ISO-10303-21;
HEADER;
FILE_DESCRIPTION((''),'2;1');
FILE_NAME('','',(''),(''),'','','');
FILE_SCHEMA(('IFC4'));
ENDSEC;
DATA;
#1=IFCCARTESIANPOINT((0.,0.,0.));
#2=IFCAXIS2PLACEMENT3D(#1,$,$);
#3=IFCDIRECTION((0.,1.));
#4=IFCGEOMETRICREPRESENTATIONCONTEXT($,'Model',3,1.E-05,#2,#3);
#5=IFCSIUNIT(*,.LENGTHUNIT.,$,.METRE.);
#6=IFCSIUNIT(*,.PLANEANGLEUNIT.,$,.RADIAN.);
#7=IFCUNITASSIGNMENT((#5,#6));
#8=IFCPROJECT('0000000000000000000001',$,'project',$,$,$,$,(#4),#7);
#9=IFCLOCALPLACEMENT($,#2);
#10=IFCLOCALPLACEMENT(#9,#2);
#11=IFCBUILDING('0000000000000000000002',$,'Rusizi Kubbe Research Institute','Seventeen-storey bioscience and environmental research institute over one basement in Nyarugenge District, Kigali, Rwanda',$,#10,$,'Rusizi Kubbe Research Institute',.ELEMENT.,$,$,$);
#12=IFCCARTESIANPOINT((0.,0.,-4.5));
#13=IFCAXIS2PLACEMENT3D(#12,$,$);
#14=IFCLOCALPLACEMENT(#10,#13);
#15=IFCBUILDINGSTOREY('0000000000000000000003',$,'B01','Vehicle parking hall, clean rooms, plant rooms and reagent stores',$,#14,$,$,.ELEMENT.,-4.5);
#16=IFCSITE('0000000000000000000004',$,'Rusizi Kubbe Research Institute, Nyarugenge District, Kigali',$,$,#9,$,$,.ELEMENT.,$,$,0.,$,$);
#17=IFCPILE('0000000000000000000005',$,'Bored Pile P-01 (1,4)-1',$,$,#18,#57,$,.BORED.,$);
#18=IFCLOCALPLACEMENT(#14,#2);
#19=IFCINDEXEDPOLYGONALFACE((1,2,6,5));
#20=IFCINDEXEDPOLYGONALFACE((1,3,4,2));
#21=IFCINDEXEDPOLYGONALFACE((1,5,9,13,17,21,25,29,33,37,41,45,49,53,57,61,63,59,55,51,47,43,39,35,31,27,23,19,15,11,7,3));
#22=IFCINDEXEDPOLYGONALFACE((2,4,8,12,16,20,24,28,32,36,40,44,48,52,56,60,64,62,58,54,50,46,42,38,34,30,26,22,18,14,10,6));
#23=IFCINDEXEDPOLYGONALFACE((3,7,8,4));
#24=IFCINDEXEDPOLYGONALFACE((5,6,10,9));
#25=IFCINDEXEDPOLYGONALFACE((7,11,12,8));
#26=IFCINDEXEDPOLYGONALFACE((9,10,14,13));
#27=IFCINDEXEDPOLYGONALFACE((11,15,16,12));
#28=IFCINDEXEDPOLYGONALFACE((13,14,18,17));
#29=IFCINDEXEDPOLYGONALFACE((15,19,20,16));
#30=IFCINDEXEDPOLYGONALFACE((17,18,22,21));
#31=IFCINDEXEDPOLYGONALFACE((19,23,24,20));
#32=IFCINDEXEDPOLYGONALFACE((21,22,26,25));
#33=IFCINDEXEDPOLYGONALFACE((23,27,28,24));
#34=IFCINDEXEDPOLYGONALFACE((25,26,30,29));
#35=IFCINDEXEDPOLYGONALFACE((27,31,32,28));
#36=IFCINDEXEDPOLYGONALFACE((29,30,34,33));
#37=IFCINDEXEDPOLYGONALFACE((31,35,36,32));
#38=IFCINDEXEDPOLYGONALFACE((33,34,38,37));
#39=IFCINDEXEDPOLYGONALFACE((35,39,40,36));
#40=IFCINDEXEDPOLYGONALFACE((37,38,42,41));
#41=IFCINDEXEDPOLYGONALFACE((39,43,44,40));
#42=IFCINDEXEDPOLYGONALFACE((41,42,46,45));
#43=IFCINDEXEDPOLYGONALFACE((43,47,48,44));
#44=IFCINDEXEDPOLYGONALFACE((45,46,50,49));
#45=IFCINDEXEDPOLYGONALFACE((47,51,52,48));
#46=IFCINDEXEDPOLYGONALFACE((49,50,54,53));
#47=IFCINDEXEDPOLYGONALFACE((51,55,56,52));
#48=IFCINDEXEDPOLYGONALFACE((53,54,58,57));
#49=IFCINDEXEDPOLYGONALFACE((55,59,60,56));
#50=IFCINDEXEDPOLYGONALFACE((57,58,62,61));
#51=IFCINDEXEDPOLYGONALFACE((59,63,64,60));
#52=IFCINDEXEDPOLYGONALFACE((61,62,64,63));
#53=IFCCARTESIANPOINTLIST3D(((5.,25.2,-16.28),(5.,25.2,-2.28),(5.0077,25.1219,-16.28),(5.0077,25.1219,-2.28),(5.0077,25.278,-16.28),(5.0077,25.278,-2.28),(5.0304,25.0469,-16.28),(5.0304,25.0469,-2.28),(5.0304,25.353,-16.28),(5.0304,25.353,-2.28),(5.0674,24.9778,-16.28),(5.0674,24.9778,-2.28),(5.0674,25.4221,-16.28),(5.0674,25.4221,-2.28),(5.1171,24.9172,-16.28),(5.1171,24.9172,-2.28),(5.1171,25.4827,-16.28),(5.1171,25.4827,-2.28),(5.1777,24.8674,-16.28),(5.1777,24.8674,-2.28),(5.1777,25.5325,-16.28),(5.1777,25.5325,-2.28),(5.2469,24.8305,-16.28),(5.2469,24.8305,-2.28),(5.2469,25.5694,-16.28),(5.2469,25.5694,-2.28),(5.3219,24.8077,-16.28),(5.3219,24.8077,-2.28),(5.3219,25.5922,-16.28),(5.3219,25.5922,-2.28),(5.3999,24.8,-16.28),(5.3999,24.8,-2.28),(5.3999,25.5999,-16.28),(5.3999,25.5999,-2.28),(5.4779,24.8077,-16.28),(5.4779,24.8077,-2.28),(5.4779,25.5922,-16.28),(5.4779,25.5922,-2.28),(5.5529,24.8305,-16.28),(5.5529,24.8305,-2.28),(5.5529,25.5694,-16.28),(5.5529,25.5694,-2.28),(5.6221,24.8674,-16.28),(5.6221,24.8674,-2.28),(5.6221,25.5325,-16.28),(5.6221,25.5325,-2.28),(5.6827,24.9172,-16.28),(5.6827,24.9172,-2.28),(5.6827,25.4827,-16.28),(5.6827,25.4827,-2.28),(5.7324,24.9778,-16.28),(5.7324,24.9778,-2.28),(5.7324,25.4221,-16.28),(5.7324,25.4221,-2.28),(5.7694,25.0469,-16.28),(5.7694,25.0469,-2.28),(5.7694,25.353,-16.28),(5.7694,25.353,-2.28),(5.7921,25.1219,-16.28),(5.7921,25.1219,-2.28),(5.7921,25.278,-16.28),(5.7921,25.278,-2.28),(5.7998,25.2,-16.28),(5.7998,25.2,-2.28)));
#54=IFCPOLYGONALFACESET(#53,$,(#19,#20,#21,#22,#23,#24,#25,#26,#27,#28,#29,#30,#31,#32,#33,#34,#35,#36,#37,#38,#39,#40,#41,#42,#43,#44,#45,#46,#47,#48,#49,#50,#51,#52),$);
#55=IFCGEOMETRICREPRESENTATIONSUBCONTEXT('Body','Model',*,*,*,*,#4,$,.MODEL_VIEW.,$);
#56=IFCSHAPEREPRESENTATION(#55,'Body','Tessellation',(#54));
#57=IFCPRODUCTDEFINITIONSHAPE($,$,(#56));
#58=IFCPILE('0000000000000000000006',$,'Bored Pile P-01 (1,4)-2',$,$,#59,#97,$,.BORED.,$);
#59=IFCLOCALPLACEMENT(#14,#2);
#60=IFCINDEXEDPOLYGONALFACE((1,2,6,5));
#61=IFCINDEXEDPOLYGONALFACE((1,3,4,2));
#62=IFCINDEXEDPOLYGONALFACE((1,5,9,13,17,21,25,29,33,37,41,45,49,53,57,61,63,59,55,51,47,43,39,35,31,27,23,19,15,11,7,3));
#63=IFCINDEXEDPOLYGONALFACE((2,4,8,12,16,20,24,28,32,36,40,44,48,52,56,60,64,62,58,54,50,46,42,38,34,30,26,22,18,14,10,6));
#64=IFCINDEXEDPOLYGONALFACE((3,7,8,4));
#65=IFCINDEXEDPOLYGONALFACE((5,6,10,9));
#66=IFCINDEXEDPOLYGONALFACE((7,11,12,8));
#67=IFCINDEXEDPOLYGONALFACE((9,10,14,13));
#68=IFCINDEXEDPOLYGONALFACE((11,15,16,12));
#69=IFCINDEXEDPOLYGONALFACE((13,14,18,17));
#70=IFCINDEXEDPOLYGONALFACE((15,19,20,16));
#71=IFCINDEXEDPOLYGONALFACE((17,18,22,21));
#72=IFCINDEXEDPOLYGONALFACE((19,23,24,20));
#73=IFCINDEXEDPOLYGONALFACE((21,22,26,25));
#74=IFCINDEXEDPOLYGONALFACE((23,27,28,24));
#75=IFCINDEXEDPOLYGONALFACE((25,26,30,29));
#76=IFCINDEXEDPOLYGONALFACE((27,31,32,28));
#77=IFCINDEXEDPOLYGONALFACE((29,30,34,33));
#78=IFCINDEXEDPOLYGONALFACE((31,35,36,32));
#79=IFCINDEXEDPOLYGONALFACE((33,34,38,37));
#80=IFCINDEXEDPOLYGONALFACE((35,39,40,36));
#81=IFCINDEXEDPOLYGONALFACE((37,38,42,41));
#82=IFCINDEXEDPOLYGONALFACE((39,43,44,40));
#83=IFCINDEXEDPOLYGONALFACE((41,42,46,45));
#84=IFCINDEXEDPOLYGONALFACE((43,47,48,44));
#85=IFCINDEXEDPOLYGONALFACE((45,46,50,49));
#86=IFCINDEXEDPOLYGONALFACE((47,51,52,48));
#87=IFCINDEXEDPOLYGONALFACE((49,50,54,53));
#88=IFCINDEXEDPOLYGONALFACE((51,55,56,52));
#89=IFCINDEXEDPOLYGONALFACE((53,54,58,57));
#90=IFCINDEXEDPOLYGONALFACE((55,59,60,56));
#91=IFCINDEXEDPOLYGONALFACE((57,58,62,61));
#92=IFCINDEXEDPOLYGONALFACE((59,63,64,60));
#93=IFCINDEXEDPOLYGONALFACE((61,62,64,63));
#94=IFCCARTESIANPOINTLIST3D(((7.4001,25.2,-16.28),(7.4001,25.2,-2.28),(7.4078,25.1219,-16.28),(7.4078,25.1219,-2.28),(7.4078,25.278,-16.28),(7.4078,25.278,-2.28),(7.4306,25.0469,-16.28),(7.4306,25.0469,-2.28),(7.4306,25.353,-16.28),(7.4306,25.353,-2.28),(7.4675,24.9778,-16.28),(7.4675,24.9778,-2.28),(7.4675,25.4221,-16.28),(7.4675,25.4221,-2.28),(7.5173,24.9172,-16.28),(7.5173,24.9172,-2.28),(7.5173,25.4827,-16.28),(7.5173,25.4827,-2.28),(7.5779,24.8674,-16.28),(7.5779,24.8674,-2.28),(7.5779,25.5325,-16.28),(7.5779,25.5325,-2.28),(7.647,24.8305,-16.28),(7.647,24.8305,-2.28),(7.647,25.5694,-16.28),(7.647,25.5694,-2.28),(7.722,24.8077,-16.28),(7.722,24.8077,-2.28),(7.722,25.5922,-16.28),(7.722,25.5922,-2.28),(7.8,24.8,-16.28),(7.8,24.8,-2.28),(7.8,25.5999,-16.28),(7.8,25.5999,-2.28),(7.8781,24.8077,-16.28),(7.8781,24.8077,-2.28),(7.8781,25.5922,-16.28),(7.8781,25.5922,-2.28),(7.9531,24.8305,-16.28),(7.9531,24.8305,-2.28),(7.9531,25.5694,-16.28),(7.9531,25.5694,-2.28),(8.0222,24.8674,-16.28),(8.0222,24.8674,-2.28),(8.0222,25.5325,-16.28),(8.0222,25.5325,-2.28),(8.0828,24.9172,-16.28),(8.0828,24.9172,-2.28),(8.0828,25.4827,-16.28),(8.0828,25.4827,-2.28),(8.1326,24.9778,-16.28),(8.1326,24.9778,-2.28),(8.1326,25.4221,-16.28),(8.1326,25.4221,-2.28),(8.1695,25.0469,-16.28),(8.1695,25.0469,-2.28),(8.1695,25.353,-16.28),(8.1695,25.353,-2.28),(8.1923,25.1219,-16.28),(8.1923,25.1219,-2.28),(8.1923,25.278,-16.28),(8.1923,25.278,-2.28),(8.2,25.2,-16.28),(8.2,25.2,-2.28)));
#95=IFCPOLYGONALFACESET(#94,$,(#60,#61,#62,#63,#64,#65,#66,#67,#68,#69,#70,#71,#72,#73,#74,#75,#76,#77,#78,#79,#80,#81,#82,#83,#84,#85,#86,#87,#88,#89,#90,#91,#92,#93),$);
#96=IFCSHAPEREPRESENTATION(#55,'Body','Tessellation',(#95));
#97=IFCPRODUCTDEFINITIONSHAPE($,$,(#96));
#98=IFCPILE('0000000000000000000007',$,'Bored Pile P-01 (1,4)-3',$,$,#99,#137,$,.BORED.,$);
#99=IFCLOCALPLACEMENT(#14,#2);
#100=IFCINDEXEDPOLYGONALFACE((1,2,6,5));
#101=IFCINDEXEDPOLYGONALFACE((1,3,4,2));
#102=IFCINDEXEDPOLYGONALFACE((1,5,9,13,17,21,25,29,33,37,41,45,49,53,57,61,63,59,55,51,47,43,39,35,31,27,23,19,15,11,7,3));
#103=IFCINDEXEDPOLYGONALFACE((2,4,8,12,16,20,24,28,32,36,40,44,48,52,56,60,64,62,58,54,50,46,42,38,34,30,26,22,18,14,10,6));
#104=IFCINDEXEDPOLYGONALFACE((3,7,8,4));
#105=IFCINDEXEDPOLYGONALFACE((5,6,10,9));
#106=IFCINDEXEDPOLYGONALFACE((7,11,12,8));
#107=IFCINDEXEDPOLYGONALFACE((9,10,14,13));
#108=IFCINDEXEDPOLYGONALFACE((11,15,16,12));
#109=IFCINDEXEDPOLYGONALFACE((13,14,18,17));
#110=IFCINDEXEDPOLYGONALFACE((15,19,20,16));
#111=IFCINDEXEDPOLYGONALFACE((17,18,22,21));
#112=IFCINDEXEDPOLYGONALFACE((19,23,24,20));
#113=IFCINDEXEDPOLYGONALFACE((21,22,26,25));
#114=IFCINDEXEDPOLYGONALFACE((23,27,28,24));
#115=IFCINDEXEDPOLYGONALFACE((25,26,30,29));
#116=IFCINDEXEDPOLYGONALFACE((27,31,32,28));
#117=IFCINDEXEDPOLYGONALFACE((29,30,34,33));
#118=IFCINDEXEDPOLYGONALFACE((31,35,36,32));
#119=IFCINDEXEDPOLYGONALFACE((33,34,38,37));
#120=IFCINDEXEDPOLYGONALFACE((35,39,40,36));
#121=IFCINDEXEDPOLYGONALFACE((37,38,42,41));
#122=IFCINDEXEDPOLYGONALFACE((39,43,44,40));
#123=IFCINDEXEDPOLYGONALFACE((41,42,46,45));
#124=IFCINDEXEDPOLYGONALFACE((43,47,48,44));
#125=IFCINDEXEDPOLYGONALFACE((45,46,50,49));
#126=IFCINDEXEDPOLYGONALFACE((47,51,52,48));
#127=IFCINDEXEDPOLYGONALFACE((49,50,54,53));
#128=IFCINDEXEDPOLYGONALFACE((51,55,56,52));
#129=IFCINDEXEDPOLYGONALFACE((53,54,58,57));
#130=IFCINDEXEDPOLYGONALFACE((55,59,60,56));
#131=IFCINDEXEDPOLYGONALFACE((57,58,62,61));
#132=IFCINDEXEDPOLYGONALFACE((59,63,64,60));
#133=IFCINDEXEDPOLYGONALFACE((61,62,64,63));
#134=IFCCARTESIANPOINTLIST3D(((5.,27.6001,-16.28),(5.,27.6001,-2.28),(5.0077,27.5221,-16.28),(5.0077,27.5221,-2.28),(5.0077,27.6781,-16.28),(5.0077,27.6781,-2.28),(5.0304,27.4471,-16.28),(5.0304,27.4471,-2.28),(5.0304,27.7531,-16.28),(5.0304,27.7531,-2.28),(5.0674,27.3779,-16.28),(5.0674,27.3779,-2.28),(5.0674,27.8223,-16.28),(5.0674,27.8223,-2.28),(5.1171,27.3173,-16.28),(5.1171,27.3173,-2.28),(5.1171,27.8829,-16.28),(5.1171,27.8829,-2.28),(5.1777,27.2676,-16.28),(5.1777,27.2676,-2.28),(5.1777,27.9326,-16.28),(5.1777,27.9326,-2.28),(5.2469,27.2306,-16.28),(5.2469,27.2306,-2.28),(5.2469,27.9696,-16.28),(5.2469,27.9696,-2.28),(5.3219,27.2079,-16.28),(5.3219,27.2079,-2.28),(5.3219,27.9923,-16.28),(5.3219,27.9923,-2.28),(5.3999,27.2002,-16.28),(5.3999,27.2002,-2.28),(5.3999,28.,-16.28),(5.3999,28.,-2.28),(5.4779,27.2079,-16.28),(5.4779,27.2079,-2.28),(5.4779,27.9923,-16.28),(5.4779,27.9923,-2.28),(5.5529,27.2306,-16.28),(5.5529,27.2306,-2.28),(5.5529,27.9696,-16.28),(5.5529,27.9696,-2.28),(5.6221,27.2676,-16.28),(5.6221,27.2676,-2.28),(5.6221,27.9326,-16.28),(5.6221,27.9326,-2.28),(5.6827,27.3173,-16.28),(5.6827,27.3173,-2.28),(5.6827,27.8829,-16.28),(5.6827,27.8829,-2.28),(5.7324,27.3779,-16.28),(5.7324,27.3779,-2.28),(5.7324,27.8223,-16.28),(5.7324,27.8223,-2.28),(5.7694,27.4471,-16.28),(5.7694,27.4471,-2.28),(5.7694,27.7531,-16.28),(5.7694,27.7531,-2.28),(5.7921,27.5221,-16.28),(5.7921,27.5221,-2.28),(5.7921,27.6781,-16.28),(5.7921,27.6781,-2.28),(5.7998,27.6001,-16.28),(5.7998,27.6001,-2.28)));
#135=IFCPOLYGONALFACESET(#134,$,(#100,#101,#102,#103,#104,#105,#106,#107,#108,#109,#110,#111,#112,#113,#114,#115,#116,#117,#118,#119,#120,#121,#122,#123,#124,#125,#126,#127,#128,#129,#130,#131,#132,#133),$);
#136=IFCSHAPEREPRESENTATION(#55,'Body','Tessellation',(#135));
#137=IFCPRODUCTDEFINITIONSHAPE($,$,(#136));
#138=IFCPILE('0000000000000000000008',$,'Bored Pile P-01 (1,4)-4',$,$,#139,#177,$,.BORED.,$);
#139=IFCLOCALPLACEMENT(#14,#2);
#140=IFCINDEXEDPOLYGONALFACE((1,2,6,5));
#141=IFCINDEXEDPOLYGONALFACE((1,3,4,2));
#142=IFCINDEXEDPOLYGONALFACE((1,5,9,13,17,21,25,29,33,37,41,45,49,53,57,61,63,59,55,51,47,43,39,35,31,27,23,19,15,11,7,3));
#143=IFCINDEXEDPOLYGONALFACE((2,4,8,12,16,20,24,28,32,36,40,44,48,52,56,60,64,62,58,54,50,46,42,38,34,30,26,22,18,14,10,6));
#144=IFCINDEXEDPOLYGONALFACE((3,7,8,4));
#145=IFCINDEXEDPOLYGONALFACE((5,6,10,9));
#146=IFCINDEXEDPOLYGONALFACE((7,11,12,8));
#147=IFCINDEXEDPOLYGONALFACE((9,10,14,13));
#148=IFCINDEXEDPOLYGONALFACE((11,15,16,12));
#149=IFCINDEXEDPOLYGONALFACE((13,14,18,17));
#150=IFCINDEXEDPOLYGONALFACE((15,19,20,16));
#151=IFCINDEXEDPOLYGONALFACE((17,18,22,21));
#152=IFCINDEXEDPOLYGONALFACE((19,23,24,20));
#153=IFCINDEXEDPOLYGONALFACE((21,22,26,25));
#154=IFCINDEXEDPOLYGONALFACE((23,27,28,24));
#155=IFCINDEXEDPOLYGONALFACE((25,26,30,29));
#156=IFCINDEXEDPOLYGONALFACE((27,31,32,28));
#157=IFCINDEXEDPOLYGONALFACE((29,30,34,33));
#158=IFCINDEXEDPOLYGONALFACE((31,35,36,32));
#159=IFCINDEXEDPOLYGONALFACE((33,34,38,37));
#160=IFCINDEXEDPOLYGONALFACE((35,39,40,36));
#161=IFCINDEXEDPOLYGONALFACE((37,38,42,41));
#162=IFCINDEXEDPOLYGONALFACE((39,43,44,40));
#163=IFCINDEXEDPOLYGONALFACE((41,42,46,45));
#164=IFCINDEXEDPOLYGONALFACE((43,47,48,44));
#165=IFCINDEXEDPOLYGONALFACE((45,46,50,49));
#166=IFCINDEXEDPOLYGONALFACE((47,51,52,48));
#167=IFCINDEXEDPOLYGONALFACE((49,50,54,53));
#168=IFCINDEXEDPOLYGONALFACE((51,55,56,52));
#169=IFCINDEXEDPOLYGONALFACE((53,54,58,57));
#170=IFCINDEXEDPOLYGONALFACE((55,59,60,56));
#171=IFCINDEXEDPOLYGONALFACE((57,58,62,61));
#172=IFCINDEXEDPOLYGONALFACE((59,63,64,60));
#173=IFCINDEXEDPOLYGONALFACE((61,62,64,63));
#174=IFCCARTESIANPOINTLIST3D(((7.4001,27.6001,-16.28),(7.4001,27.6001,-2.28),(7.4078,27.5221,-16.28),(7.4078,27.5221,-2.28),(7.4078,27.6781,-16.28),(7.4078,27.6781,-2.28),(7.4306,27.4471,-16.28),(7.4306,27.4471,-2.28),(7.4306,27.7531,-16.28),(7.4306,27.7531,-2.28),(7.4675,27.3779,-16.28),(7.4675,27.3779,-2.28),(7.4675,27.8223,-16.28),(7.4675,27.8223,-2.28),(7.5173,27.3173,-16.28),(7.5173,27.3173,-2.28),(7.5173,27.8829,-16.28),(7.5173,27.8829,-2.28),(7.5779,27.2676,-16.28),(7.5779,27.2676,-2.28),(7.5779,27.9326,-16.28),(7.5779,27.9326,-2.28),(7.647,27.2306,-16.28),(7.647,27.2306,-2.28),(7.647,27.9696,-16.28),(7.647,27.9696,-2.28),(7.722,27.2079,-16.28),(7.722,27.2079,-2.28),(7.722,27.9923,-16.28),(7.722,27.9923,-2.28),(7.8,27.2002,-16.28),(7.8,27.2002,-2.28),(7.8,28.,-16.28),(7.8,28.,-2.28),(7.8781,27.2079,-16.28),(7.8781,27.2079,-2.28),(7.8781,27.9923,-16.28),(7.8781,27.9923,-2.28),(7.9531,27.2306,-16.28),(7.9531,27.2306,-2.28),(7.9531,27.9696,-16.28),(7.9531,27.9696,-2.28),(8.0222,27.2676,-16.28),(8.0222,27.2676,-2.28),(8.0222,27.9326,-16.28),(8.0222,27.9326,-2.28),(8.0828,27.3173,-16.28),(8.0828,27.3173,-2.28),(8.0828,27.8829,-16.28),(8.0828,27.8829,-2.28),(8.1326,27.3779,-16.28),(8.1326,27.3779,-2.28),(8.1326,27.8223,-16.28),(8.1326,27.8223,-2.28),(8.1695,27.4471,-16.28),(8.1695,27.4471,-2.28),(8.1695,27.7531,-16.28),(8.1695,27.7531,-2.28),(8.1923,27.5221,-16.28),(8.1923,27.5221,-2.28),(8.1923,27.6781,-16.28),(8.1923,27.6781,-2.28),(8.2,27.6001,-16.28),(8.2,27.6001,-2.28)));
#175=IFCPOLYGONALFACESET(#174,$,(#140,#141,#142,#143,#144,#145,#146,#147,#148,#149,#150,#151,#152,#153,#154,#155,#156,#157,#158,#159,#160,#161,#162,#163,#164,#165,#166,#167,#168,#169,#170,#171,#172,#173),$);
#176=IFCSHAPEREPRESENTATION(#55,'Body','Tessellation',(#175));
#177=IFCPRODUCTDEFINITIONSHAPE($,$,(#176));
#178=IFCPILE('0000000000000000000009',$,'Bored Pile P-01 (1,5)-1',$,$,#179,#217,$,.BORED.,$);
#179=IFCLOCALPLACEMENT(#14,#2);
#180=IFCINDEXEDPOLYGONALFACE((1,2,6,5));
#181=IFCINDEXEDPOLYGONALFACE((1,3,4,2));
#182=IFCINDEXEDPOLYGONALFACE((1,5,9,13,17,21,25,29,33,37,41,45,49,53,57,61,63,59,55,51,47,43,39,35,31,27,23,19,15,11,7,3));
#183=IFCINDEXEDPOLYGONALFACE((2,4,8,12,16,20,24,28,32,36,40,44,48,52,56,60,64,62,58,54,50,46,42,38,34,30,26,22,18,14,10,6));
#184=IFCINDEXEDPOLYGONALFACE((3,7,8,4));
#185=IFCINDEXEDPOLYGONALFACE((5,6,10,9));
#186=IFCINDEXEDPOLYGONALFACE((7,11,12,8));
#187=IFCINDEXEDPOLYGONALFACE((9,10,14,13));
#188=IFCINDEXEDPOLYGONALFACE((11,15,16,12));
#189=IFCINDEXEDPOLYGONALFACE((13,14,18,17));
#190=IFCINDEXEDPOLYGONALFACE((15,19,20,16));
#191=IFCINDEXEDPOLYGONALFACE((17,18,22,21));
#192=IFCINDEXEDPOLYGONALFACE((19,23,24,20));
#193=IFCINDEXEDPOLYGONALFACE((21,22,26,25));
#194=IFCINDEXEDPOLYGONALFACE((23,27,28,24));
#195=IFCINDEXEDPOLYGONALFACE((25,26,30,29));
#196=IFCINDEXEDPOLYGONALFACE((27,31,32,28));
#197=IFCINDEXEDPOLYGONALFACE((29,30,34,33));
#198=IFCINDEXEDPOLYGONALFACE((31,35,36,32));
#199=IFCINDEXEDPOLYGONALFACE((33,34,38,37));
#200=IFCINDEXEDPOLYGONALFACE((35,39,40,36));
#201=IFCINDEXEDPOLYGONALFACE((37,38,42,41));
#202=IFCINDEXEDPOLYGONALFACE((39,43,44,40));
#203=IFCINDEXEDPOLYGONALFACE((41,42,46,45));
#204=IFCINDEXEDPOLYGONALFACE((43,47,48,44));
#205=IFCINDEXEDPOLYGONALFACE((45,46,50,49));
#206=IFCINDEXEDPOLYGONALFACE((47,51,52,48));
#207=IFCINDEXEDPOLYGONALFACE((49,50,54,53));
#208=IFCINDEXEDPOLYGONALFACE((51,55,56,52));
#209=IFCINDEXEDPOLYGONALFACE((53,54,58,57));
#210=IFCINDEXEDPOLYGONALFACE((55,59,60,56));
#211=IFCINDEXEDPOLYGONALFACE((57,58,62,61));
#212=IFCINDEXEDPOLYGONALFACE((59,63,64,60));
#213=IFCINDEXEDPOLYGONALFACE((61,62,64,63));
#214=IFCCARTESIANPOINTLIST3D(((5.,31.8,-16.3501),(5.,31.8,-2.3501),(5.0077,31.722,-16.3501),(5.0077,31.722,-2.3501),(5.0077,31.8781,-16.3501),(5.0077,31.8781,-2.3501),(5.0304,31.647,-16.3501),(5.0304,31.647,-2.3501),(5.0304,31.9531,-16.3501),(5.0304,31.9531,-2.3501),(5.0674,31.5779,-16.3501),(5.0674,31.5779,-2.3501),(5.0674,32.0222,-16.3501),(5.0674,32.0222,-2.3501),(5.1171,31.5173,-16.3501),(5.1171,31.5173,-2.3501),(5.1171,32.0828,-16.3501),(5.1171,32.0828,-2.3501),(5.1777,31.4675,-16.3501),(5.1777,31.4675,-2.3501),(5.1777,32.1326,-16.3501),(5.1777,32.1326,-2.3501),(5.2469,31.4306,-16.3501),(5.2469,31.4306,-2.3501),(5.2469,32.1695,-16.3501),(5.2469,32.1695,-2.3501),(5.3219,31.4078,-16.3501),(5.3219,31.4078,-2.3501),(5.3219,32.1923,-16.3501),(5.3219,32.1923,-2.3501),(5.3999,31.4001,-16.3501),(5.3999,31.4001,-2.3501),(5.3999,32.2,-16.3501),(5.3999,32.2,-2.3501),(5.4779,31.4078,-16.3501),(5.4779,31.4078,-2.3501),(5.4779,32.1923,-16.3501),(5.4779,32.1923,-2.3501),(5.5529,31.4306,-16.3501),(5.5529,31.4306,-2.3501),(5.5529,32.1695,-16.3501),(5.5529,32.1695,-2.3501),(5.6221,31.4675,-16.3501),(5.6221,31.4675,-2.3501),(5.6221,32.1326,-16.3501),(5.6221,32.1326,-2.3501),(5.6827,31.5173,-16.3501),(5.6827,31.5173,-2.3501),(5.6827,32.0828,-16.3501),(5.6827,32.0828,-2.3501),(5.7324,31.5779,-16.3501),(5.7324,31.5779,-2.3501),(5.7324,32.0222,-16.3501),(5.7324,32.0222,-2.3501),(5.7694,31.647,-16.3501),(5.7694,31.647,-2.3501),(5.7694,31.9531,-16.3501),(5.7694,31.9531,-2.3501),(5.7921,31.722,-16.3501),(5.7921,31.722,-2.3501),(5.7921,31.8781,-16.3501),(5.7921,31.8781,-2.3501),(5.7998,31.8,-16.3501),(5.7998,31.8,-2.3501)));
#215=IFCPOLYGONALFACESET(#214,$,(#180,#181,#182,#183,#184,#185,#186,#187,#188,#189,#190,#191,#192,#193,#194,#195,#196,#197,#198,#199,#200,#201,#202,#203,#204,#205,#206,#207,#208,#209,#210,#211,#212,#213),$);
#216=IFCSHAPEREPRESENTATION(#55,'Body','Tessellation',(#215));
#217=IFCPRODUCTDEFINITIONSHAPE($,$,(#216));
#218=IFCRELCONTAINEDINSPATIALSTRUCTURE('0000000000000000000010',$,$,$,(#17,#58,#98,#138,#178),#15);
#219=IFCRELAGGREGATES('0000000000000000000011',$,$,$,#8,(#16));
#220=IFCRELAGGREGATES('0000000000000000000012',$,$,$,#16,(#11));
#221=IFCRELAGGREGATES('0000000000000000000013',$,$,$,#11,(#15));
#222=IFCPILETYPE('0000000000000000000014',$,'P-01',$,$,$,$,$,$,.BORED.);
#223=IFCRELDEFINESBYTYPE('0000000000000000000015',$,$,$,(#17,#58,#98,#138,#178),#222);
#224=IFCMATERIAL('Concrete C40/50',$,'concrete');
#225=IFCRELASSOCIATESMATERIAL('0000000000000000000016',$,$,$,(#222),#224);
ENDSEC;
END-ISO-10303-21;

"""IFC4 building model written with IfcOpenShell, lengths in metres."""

from ifc_helpers import new_model, si_unit, direction, frame, origin, origin_2d, place, context, subcontext, project, spatial, circle, extrude, material, material_profile, profile_set, type_object, element, save


model = new_model("IFC4")

# Units and contexts
model_context = context("Model", 3, precision=1e-05, world=origin(), true_north=direction((0.0, 1.0)))
body_context = subcontext(model_context, "Body", "Model", "MODEL_VIEW")
ifc_project = project(units=[si_unit("LENGTHUNIT", "METRE"), si_unit("PLANEANGLEUNIT", "RADIAN")], contexts=[model_context])

# Site, building, storey
site_placement = place(None, origin())
site = spatial("IfcSite", under=ifc_project, at=site_placement, Name="Rusizi Kubbe Research Institute, Nyarugenge District, Kigali", CompositionType="ELEMENT", RefElevation=0.0)
building_placement = place(site_placement, origin())
building = spatial("IfcBuilding", under=site, at=building_placement, Name="Rusizi Kubbe Research Institute", Description="Seventeen-storey bioscience and environmental research institute over one basement in Nyarugenge District, Kigali, Rwanda", LongName="Rusizi Kubbe Research Institute", CompositionType="ELEMENT")
storey_placement = place(building_placement, frame((0.0, 0.0, -4.5)))
storey = spatial("IfcBuildingStorey", under=building, at=storey_placement, Name="B01", Description="Vehicle parking hall, clean rooms, plant rooms and reagent stores", CompositionType="ELEMENT", Elevation=-4.5)

# Piles
ifc_material_1 = material(Name="Concrete C40/50", Category="concrete")
ifc_material_profile_1 = material_profile(ifc_material_1, circle(Radius=0.3999, at=origin_2d()), Name="PILE-D800")
ifc_profile_set_1 = profile_set([ifc_material_profile_1], Name="Concrete C40/50")
pile_type_1 = type_object("IfcPileType", Name="P-01", PredefinedType="BORED", material=ifc_profile_set_1)
for number, where, z_axis, x_axis, name in (
    (1, (5.3999, 25.2, -2.28), (0.0, 0.0, -1.0), (1.0, 0.0, 0.0), "Bored Pile P-01 (1,4)-1"),
    (2, (7.8, 25.2, -2.28), (0.0, 0.0, -1.0), (1.0, 0.0, 0.0), "Bored Pile P-01 (1,4)-2"),
    (3, (5.3999, 27.6001, -2.28), (0.0, 0.0, -1.0), (1.0, 0.0, 0.0), "Bored Pile P-01 (1,4)-3"),
    (4, (7.8, 27.6001, -2.28), (0.0, 0.0, -1.0), (1.0, 0.0, 0.0), "Bored Pile P-01 (1,4)-4"),
    (5, (5.3999, 31.8, -2.3501), (0.0, 0.0, -1.0), (1.0, 0.0, 0.0), "Bored Pile P-01 (1,5)-1"),
):
    element("IfcPile", number, at=place(storey_placement, frame(where, z_axis=z_axis, x_axis=x_axis)), inside=storey, type_object=pile_type_1, Name=name, PredefinedType="BORED", context=body_context, shape_type="SweptSolid", body=[
        extrude(circle(Radius=0.3999, at=origin_2d()), origin(), (0.0, 0.0, 1.0), 14.0),
    ])

save(model, "model.ifc")
